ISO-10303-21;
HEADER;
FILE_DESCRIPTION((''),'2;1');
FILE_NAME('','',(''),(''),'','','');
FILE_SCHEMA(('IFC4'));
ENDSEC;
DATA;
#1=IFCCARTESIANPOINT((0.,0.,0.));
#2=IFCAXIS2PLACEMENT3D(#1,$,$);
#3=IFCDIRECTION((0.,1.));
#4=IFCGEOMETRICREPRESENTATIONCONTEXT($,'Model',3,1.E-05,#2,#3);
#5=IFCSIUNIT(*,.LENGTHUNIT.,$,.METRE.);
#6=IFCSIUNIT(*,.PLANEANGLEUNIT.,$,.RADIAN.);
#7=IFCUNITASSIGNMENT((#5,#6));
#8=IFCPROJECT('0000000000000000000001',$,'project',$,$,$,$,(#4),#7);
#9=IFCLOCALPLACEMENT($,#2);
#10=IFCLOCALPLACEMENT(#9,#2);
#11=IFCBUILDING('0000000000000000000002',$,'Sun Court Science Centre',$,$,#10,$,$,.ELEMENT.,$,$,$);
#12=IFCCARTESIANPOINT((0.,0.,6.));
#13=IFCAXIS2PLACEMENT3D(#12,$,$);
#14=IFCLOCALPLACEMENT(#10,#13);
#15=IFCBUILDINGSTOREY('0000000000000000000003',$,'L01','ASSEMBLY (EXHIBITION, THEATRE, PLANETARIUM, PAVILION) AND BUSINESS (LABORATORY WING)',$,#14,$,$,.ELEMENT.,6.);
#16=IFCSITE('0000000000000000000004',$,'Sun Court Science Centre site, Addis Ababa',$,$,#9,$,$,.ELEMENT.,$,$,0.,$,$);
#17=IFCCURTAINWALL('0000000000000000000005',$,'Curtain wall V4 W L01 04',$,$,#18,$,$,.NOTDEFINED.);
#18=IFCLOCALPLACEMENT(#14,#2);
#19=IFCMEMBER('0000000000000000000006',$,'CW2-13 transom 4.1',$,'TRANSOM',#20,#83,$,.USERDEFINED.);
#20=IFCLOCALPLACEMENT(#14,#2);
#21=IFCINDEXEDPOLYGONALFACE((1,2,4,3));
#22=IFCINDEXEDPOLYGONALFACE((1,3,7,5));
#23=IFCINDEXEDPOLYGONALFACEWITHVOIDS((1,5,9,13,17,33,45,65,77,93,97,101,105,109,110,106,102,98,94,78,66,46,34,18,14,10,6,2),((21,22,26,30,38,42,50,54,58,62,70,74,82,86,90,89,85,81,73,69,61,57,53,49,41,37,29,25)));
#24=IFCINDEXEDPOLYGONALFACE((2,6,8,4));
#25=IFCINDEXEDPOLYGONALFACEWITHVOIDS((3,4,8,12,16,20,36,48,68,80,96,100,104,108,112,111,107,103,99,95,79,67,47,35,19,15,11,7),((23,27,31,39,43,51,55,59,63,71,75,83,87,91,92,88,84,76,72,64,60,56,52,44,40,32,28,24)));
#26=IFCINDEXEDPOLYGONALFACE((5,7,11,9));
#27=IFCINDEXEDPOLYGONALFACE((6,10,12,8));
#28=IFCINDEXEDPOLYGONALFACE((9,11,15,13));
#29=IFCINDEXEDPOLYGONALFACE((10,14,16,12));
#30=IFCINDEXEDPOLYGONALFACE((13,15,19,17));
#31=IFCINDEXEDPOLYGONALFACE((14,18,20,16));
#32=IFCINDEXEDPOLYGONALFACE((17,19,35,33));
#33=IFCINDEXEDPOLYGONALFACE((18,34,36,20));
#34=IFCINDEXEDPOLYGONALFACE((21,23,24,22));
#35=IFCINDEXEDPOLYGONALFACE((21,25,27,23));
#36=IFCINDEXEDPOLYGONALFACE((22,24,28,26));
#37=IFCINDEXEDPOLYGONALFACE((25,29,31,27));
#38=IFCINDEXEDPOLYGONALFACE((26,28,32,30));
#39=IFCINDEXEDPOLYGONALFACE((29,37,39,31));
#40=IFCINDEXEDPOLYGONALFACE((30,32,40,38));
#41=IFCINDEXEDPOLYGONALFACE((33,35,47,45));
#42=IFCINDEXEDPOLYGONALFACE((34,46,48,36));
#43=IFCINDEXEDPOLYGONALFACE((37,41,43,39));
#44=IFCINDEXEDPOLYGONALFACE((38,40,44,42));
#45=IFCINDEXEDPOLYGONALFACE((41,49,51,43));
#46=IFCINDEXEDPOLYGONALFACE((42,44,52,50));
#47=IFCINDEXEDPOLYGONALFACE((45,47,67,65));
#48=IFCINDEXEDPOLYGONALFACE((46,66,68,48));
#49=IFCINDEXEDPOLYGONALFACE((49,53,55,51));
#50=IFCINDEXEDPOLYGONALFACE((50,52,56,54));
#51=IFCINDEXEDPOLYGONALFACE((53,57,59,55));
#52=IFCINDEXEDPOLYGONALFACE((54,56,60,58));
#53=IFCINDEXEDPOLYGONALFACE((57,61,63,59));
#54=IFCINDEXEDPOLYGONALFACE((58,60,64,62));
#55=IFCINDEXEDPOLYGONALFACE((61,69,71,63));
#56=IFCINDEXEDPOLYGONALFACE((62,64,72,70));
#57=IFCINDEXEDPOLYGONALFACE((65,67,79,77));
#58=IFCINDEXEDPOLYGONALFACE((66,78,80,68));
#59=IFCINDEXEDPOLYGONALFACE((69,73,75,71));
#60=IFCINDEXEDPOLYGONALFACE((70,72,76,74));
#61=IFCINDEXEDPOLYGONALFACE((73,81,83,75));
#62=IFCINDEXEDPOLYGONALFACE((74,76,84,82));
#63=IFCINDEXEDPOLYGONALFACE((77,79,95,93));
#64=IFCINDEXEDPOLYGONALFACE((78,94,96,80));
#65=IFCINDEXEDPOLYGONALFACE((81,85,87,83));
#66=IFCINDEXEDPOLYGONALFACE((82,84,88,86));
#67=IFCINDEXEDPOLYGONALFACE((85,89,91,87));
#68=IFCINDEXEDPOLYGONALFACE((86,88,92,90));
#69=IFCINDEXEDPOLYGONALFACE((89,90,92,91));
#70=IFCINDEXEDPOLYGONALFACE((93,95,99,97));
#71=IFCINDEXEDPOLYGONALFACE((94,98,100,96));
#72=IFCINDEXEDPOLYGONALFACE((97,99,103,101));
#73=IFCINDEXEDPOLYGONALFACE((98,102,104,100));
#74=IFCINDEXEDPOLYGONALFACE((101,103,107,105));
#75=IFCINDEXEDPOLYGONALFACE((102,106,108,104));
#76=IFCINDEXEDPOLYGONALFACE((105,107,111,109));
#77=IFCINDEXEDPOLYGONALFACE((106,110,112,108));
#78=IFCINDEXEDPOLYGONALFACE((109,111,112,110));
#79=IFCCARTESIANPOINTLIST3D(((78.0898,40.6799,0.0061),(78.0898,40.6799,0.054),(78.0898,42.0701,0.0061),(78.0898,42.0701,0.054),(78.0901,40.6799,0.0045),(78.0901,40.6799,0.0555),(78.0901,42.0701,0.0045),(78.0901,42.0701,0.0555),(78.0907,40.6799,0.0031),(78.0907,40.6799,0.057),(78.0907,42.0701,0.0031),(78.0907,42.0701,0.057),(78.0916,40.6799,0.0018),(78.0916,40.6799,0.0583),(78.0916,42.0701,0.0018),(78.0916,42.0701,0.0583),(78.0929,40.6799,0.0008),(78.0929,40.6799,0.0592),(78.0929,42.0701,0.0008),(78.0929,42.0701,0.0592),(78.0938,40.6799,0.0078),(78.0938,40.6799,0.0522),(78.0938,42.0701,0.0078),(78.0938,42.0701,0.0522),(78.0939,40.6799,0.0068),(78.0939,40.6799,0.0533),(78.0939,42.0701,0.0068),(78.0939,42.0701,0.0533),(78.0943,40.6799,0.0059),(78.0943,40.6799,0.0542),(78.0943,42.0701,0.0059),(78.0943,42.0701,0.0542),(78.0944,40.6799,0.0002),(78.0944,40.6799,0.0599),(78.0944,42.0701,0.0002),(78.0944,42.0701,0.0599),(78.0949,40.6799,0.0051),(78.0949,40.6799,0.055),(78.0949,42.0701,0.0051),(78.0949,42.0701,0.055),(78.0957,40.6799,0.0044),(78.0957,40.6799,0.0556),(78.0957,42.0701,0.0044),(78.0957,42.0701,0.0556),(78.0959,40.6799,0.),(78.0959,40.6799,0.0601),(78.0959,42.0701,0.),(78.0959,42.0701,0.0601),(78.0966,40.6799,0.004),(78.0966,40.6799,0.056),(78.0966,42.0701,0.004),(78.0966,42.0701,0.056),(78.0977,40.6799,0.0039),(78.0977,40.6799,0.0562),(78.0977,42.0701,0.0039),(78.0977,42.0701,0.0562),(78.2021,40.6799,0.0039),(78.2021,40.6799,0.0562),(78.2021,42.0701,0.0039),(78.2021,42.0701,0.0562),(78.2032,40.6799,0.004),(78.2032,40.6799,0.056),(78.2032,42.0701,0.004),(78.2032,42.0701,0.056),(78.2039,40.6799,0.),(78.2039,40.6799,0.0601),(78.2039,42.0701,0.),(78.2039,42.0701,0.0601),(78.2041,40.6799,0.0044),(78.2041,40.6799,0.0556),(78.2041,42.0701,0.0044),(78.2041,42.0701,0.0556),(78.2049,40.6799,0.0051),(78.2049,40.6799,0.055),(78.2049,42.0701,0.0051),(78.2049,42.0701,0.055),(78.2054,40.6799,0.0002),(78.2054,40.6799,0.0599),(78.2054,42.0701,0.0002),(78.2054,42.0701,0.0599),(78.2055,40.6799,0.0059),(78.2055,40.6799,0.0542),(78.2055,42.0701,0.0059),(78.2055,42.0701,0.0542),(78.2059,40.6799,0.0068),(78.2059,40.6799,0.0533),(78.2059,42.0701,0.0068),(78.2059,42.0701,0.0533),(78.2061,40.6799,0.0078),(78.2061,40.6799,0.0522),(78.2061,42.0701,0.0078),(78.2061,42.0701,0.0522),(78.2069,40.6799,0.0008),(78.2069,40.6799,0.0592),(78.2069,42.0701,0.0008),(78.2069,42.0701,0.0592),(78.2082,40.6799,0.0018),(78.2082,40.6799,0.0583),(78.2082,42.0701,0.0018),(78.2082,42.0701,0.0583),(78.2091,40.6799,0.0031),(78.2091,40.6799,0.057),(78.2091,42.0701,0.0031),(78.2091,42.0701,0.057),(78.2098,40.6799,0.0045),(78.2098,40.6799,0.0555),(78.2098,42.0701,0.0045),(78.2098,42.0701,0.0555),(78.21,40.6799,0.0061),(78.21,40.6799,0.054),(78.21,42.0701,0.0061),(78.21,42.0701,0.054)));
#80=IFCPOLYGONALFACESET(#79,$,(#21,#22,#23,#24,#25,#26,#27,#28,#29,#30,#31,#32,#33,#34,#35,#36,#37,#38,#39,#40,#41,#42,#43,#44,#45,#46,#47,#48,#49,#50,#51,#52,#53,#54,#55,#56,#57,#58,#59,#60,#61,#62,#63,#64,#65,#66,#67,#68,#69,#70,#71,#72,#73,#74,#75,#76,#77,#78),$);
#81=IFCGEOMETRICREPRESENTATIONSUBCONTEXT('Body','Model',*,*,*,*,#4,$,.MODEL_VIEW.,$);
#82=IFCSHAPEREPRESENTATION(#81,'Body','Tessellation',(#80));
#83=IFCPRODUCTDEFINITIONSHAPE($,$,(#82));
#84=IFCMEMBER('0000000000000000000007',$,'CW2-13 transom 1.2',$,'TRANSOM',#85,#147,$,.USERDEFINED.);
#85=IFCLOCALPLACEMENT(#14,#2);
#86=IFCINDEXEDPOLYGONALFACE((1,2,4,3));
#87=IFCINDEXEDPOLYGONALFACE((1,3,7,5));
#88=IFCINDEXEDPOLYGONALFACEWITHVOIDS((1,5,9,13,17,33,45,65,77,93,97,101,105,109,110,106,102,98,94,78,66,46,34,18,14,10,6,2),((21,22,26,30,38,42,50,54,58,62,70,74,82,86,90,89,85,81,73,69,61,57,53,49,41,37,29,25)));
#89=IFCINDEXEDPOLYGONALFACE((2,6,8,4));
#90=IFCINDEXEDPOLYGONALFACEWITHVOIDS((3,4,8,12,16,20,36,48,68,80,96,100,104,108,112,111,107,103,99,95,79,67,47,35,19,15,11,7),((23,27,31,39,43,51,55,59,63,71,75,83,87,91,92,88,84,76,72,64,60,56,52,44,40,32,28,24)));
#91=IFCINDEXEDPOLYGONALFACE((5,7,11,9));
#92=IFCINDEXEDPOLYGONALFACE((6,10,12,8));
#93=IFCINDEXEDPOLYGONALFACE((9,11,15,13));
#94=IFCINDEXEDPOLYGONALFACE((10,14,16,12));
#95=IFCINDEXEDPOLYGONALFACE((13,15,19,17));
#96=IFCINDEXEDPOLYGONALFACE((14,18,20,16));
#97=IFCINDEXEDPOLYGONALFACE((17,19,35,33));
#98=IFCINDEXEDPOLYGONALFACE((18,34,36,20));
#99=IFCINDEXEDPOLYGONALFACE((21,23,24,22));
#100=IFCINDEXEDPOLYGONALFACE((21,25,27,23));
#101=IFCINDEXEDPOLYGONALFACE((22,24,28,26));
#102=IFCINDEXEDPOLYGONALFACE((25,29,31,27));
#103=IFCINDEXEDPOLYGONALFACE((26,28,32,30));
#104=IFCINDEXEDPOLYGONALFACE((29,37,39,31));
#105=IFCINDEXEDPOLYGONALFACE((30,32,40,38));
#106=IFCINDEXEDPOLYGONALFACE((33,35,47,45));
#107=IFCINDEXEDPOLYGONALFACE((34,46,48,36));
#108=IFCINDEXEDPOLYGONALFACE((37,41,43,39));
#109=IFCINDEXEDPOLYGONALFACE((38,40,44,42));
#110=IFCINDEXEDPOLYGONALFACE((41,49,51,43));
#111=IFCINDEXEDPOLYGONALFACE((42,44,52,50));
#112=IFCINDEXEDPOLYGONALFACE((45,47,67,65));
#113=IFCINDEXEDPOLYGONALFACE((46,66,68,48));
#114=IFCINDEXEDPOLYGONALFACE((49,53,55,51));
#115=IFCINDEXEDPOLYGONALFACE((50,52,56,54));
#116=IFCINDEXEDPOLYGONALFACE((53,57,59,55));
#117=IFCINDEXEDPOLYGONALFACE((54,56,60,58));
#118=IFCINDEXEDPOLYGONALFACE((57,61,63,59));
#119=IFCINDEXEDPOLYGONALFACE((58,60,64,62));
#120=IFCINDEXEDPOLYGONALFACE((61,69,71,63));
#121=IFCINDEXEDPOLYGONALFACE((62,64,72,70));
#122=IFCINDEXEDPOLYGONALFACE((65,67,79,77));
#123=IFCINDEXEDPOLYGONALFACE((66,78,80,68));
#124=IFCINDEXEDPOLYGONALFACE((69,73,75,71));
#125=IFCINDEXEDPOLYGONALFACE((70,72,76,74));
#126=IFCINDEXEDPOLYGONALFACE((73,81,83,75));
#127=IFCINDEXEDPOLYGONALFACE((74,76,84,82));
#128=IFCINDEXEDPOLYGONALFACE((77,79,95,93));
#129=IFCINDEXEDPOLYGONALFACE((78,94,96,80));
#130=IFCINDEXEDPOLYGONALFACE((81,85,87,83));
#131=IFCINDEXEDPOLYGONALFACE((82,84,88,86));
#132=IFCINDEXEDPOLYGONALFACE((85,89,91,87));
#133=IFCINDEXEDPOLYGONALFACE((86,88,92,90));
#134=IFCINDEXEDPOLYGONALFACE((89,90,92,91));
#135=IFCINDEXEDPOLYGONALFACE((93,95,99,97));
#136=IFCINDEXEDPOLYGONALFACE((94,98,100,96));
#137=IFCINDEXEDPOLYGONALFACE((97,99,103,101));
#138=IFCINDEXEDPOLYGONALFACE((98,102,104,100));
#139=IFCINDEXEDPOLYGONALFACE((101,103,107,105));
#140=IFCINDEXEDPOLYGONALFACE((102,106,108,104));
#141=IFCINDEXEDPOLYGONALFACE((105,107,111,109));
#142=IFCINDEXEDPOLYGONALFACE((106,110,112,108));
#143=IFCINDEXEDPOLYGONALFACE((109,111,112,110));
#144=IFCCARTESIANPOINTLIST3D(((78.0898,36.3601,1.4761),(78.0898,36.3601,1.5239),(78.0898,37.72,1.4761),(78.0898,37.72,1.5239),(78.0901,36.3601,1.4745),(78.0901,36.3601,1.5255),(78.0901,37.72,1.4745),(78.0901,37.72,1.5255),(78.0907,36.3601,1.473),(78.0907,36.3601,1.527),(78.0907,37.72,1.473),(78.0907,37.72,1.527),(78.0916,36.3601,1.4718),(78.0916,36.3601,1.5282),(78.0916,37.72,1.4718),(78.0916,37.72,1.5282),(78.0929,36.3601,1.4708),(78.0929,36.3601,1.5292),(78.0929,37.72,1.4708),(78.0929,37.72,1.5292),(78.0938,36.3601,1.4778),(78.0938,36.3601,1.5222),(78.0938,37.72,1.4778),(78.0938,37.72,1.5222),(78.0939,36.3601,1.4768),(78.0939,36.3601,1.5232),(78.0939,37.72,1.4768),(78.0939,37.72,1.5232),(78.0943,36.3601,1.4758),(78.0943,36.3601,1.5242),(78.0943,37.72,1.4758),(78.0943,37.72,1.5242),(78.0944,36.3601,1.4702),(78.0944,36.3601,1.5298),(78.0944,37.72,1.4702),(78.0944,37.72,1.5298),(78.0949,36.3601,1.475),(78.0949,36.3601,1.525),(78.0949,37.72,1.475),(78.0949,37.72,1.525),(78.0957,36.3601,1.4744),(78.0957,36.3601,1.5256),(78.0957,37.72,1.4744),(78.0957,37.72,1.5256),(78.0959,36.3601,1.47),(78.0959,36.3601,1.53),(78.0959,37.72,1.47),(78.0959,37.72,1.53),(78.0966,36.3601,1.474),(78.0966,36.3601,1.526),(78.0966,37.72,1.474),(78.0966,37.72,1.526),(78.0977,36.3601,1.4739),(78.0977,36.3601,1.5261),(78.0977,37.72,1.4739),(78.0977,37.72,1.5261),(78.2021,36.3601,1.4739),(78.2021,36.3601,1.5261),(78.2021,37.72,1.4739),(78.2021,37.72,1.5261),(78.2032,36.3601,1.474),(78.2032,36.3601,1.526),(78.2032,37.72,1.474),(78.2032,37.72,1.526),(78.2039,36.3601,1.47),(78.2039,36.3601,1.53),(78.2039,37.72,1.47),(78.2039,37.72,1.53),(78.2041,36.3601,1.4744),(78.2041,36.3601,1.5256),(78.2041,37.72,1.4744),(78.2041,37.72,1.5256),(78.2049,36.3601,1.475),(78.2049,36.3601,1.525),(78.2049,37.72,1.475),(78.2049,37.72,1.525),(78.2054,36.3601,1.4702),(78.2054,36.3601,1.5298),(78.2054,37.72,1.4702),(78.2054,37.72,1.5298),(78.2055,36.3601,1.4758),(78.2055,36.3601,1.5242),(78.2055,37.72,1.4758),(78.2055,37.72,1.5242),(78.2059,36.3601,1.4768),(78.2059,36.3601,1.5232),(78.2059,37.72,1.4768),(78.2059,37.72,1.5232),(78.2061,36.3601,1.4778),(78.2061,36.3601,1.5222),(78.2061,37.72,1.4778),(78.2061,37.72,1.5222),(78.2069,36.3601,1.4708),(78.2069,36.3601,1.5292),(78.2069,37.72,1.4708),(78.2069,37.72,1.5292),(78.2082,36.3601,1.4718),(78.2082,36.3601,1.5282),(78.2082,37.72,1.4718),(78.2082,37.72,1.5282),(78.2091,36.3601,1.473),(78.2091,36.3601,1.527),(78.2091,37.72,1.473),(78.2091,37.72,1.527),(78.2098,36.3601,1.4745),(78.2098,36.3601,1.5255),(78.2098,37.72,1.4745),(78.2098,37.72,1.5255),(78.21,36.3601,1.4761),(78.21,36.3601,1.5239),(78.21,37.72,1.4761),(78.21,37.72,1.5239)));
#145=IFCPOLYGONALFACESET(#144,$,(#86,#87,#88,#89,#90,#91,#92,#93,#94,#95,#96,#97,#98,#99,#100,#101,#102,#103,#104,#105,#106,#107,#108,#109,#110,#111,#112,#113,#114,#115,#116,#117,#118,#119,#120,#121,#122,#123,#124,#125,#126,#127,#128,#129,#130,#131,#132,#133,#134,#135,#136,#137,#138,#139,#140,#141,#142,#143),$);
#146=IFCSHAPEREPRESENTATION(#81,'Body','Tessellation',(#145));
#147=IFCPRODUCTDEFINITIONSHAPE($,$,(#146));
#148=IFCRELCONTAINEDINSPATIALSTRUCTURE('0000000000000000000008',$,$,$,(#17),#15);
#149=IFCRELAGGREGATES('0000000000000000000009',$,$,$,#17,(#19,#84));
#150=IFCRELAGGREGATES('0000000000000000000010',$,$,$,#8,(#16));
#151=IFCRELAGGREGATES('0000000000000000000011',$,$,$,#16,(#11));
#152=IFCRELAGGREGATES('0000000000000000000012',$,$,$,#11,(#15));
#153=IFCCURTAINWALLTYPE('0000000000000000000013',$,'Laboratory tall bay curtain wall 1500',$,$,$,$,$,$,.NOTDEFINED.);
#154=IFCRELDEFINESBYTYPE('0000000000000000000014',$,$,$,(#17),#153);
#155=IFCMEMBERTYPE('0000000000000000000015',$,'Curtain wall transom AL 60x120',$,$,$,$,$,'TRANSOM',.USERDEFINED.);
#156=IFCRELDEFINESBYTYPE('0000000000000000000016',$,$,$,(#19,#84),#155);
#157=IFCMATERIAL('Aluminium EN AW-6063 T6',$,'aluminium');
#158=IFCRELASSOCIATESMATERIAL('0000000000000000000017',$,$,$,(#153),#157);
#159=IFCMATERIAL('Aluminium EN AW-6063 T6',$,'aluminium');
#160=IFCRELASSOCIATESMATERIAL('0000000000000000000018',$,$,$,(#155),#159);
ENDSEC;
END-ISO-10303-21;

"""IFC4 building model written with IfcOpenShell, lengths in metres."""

from ifc_helpers import new_model, si_unit, direction, frame, origin, origin_2d, place, context, subcontext, project, spatial, hollow_rectangle, extrude, material, material_profile, profile_set, type_object, element, aggregate, save


model = new_model("IFC4")

# Units and contexts
model_context = context("Model", 3, precision=1e-05, world=origin(), true_north=direction((0.0, 1.0)))
body_context = subcontext(model_context, "Body", "Model", "MODEL_VIEW")
ifc_project = project(units=[si_unit("LENGTHUNIT", "METRE"), si_unit("PLANEANGLEUNIT", "RADIAN")], contexts=[model_context])

# Site, building, storey
site_placement = place(None, origin())
site = spatial("IfcSite", under=ifc_project, at=site_placement, Name="Sun Court Science Centre site, Addis Ababa", CompositionType="ELEMENT", RefElevation=0.0)
building_placement = place(site_placement, origin())
building = spatial("IfcBuilding", under=site, at=building_placement, Name="Sun Court Science Centre", CompositionType="ELEMENT")
storey_placement = place(building_placement, frame((0.0, 0.0, 6.0)))
storey = spatial("IfcBuildingStorey", under=building, at=storey_placement, Name="L01", Description="ASSEMBLY (EXHIBITION, THEATRE, PLANETARIUM, PAVILION) AND BUSINESS (LABORATORY WING)", CompositionType="ELEMENT", Elevation=6.0)

# Shared definitions
ifc_material_1 = material(Name="Aluminium EN AW-6063 T6", Category="aluminium")
curtain_wall_type = type_object("IfcCurtainWallType", Name="Laboratory tall bay curtain wall 1500", PredefinedType="NOTDEFINED", material=ifc_material_1)

# Curtain wall
curtain_wall_1_placement = place(storey_placement, origin())
curtain_wall_1 = element("IfcCurtainWall", 1, at=curtain_wall_1_placement, inside=storey, type_object=curtain_wall_type, Name="Curtain wall V4 W L01 04", PredefinedType="NOTDEFINED")

# Members
ifc_material_2 = material(Name="Aluminium EN AW-6063 T6", Category="aluminium")
ifc_material_profile_1 = material_profile(ifc_material_2, hollow_rectangle(XDim=0.0601, YDim=0.1201, WallThickness=0.0039, InnerFilletRadius=0.0039, OuterFilletRadius=0.0061, at=origin_2d()), Name="AL 60x120x4")
ifc_profile_set_1 = profile_set([ifc_material_profile_1], Name="Aluminium EN AW-6063 T6")
member_type_1 = type_object("IfcMemberType", Name="Curtain wall transom AL 60x120", ElementType="TRANSOM", PredefinedType="USERDEFINED", material=ifc_profile_set_1)
member_1_placement = place(storey_placement, frame((78.1499, 40.6799, 0.03), z_axis=(0.0, 1.0, 0.0), x_axis=(0.0, 0.0, 1.0)))
member_1 = element("IfcMember", 2, at=member_1_placement, type_object=member_type_1, Name="CW2-13 transom 4.1", ObjectType="TRANSOM", PredefinedType="USERDEFINED", context=body_context, shape_type="SweptSolid", body=[
    extrude(hollow_rectangle(XDim=0.0601, YDim=0.1201, WallThickness=0.0039, InnerFilletRadius=0.0039, OuterFilletRadius=0.0061, at=origin_2d()), origin(), (0.0, 0.0, 1.0), 1.3901),
])
member_2_placement = place(storey_placement, frame((78.1499, 36.3601, 1.5), z_axis=(0.0, 1.0, 0.0), x_axis=(0.0, 0.0, 1.0)))
member_2 = element("IfcMember", 3, at=member_2_placement, type_object=member_type_1, Name="CW2-13 transom 1.2", ObjectType="TRANSOM", PredefinedType="USERDEFINED", context=body_context, shape_type="SweptSolid", body=[
    extrude(hollow_rectangle(XDim=0.0601, YDim=0.1201, WallThickness=0.0039, InnerFilletRadius=0.0039, OuterFilletRadius=0.0061, at=origin_2d()), origin(), (0.0, 0.0, 1.0), 1.3599),
])

aggregate(curtain_wall_1, [member_1, member_2])

save(model, "model.ifc")
